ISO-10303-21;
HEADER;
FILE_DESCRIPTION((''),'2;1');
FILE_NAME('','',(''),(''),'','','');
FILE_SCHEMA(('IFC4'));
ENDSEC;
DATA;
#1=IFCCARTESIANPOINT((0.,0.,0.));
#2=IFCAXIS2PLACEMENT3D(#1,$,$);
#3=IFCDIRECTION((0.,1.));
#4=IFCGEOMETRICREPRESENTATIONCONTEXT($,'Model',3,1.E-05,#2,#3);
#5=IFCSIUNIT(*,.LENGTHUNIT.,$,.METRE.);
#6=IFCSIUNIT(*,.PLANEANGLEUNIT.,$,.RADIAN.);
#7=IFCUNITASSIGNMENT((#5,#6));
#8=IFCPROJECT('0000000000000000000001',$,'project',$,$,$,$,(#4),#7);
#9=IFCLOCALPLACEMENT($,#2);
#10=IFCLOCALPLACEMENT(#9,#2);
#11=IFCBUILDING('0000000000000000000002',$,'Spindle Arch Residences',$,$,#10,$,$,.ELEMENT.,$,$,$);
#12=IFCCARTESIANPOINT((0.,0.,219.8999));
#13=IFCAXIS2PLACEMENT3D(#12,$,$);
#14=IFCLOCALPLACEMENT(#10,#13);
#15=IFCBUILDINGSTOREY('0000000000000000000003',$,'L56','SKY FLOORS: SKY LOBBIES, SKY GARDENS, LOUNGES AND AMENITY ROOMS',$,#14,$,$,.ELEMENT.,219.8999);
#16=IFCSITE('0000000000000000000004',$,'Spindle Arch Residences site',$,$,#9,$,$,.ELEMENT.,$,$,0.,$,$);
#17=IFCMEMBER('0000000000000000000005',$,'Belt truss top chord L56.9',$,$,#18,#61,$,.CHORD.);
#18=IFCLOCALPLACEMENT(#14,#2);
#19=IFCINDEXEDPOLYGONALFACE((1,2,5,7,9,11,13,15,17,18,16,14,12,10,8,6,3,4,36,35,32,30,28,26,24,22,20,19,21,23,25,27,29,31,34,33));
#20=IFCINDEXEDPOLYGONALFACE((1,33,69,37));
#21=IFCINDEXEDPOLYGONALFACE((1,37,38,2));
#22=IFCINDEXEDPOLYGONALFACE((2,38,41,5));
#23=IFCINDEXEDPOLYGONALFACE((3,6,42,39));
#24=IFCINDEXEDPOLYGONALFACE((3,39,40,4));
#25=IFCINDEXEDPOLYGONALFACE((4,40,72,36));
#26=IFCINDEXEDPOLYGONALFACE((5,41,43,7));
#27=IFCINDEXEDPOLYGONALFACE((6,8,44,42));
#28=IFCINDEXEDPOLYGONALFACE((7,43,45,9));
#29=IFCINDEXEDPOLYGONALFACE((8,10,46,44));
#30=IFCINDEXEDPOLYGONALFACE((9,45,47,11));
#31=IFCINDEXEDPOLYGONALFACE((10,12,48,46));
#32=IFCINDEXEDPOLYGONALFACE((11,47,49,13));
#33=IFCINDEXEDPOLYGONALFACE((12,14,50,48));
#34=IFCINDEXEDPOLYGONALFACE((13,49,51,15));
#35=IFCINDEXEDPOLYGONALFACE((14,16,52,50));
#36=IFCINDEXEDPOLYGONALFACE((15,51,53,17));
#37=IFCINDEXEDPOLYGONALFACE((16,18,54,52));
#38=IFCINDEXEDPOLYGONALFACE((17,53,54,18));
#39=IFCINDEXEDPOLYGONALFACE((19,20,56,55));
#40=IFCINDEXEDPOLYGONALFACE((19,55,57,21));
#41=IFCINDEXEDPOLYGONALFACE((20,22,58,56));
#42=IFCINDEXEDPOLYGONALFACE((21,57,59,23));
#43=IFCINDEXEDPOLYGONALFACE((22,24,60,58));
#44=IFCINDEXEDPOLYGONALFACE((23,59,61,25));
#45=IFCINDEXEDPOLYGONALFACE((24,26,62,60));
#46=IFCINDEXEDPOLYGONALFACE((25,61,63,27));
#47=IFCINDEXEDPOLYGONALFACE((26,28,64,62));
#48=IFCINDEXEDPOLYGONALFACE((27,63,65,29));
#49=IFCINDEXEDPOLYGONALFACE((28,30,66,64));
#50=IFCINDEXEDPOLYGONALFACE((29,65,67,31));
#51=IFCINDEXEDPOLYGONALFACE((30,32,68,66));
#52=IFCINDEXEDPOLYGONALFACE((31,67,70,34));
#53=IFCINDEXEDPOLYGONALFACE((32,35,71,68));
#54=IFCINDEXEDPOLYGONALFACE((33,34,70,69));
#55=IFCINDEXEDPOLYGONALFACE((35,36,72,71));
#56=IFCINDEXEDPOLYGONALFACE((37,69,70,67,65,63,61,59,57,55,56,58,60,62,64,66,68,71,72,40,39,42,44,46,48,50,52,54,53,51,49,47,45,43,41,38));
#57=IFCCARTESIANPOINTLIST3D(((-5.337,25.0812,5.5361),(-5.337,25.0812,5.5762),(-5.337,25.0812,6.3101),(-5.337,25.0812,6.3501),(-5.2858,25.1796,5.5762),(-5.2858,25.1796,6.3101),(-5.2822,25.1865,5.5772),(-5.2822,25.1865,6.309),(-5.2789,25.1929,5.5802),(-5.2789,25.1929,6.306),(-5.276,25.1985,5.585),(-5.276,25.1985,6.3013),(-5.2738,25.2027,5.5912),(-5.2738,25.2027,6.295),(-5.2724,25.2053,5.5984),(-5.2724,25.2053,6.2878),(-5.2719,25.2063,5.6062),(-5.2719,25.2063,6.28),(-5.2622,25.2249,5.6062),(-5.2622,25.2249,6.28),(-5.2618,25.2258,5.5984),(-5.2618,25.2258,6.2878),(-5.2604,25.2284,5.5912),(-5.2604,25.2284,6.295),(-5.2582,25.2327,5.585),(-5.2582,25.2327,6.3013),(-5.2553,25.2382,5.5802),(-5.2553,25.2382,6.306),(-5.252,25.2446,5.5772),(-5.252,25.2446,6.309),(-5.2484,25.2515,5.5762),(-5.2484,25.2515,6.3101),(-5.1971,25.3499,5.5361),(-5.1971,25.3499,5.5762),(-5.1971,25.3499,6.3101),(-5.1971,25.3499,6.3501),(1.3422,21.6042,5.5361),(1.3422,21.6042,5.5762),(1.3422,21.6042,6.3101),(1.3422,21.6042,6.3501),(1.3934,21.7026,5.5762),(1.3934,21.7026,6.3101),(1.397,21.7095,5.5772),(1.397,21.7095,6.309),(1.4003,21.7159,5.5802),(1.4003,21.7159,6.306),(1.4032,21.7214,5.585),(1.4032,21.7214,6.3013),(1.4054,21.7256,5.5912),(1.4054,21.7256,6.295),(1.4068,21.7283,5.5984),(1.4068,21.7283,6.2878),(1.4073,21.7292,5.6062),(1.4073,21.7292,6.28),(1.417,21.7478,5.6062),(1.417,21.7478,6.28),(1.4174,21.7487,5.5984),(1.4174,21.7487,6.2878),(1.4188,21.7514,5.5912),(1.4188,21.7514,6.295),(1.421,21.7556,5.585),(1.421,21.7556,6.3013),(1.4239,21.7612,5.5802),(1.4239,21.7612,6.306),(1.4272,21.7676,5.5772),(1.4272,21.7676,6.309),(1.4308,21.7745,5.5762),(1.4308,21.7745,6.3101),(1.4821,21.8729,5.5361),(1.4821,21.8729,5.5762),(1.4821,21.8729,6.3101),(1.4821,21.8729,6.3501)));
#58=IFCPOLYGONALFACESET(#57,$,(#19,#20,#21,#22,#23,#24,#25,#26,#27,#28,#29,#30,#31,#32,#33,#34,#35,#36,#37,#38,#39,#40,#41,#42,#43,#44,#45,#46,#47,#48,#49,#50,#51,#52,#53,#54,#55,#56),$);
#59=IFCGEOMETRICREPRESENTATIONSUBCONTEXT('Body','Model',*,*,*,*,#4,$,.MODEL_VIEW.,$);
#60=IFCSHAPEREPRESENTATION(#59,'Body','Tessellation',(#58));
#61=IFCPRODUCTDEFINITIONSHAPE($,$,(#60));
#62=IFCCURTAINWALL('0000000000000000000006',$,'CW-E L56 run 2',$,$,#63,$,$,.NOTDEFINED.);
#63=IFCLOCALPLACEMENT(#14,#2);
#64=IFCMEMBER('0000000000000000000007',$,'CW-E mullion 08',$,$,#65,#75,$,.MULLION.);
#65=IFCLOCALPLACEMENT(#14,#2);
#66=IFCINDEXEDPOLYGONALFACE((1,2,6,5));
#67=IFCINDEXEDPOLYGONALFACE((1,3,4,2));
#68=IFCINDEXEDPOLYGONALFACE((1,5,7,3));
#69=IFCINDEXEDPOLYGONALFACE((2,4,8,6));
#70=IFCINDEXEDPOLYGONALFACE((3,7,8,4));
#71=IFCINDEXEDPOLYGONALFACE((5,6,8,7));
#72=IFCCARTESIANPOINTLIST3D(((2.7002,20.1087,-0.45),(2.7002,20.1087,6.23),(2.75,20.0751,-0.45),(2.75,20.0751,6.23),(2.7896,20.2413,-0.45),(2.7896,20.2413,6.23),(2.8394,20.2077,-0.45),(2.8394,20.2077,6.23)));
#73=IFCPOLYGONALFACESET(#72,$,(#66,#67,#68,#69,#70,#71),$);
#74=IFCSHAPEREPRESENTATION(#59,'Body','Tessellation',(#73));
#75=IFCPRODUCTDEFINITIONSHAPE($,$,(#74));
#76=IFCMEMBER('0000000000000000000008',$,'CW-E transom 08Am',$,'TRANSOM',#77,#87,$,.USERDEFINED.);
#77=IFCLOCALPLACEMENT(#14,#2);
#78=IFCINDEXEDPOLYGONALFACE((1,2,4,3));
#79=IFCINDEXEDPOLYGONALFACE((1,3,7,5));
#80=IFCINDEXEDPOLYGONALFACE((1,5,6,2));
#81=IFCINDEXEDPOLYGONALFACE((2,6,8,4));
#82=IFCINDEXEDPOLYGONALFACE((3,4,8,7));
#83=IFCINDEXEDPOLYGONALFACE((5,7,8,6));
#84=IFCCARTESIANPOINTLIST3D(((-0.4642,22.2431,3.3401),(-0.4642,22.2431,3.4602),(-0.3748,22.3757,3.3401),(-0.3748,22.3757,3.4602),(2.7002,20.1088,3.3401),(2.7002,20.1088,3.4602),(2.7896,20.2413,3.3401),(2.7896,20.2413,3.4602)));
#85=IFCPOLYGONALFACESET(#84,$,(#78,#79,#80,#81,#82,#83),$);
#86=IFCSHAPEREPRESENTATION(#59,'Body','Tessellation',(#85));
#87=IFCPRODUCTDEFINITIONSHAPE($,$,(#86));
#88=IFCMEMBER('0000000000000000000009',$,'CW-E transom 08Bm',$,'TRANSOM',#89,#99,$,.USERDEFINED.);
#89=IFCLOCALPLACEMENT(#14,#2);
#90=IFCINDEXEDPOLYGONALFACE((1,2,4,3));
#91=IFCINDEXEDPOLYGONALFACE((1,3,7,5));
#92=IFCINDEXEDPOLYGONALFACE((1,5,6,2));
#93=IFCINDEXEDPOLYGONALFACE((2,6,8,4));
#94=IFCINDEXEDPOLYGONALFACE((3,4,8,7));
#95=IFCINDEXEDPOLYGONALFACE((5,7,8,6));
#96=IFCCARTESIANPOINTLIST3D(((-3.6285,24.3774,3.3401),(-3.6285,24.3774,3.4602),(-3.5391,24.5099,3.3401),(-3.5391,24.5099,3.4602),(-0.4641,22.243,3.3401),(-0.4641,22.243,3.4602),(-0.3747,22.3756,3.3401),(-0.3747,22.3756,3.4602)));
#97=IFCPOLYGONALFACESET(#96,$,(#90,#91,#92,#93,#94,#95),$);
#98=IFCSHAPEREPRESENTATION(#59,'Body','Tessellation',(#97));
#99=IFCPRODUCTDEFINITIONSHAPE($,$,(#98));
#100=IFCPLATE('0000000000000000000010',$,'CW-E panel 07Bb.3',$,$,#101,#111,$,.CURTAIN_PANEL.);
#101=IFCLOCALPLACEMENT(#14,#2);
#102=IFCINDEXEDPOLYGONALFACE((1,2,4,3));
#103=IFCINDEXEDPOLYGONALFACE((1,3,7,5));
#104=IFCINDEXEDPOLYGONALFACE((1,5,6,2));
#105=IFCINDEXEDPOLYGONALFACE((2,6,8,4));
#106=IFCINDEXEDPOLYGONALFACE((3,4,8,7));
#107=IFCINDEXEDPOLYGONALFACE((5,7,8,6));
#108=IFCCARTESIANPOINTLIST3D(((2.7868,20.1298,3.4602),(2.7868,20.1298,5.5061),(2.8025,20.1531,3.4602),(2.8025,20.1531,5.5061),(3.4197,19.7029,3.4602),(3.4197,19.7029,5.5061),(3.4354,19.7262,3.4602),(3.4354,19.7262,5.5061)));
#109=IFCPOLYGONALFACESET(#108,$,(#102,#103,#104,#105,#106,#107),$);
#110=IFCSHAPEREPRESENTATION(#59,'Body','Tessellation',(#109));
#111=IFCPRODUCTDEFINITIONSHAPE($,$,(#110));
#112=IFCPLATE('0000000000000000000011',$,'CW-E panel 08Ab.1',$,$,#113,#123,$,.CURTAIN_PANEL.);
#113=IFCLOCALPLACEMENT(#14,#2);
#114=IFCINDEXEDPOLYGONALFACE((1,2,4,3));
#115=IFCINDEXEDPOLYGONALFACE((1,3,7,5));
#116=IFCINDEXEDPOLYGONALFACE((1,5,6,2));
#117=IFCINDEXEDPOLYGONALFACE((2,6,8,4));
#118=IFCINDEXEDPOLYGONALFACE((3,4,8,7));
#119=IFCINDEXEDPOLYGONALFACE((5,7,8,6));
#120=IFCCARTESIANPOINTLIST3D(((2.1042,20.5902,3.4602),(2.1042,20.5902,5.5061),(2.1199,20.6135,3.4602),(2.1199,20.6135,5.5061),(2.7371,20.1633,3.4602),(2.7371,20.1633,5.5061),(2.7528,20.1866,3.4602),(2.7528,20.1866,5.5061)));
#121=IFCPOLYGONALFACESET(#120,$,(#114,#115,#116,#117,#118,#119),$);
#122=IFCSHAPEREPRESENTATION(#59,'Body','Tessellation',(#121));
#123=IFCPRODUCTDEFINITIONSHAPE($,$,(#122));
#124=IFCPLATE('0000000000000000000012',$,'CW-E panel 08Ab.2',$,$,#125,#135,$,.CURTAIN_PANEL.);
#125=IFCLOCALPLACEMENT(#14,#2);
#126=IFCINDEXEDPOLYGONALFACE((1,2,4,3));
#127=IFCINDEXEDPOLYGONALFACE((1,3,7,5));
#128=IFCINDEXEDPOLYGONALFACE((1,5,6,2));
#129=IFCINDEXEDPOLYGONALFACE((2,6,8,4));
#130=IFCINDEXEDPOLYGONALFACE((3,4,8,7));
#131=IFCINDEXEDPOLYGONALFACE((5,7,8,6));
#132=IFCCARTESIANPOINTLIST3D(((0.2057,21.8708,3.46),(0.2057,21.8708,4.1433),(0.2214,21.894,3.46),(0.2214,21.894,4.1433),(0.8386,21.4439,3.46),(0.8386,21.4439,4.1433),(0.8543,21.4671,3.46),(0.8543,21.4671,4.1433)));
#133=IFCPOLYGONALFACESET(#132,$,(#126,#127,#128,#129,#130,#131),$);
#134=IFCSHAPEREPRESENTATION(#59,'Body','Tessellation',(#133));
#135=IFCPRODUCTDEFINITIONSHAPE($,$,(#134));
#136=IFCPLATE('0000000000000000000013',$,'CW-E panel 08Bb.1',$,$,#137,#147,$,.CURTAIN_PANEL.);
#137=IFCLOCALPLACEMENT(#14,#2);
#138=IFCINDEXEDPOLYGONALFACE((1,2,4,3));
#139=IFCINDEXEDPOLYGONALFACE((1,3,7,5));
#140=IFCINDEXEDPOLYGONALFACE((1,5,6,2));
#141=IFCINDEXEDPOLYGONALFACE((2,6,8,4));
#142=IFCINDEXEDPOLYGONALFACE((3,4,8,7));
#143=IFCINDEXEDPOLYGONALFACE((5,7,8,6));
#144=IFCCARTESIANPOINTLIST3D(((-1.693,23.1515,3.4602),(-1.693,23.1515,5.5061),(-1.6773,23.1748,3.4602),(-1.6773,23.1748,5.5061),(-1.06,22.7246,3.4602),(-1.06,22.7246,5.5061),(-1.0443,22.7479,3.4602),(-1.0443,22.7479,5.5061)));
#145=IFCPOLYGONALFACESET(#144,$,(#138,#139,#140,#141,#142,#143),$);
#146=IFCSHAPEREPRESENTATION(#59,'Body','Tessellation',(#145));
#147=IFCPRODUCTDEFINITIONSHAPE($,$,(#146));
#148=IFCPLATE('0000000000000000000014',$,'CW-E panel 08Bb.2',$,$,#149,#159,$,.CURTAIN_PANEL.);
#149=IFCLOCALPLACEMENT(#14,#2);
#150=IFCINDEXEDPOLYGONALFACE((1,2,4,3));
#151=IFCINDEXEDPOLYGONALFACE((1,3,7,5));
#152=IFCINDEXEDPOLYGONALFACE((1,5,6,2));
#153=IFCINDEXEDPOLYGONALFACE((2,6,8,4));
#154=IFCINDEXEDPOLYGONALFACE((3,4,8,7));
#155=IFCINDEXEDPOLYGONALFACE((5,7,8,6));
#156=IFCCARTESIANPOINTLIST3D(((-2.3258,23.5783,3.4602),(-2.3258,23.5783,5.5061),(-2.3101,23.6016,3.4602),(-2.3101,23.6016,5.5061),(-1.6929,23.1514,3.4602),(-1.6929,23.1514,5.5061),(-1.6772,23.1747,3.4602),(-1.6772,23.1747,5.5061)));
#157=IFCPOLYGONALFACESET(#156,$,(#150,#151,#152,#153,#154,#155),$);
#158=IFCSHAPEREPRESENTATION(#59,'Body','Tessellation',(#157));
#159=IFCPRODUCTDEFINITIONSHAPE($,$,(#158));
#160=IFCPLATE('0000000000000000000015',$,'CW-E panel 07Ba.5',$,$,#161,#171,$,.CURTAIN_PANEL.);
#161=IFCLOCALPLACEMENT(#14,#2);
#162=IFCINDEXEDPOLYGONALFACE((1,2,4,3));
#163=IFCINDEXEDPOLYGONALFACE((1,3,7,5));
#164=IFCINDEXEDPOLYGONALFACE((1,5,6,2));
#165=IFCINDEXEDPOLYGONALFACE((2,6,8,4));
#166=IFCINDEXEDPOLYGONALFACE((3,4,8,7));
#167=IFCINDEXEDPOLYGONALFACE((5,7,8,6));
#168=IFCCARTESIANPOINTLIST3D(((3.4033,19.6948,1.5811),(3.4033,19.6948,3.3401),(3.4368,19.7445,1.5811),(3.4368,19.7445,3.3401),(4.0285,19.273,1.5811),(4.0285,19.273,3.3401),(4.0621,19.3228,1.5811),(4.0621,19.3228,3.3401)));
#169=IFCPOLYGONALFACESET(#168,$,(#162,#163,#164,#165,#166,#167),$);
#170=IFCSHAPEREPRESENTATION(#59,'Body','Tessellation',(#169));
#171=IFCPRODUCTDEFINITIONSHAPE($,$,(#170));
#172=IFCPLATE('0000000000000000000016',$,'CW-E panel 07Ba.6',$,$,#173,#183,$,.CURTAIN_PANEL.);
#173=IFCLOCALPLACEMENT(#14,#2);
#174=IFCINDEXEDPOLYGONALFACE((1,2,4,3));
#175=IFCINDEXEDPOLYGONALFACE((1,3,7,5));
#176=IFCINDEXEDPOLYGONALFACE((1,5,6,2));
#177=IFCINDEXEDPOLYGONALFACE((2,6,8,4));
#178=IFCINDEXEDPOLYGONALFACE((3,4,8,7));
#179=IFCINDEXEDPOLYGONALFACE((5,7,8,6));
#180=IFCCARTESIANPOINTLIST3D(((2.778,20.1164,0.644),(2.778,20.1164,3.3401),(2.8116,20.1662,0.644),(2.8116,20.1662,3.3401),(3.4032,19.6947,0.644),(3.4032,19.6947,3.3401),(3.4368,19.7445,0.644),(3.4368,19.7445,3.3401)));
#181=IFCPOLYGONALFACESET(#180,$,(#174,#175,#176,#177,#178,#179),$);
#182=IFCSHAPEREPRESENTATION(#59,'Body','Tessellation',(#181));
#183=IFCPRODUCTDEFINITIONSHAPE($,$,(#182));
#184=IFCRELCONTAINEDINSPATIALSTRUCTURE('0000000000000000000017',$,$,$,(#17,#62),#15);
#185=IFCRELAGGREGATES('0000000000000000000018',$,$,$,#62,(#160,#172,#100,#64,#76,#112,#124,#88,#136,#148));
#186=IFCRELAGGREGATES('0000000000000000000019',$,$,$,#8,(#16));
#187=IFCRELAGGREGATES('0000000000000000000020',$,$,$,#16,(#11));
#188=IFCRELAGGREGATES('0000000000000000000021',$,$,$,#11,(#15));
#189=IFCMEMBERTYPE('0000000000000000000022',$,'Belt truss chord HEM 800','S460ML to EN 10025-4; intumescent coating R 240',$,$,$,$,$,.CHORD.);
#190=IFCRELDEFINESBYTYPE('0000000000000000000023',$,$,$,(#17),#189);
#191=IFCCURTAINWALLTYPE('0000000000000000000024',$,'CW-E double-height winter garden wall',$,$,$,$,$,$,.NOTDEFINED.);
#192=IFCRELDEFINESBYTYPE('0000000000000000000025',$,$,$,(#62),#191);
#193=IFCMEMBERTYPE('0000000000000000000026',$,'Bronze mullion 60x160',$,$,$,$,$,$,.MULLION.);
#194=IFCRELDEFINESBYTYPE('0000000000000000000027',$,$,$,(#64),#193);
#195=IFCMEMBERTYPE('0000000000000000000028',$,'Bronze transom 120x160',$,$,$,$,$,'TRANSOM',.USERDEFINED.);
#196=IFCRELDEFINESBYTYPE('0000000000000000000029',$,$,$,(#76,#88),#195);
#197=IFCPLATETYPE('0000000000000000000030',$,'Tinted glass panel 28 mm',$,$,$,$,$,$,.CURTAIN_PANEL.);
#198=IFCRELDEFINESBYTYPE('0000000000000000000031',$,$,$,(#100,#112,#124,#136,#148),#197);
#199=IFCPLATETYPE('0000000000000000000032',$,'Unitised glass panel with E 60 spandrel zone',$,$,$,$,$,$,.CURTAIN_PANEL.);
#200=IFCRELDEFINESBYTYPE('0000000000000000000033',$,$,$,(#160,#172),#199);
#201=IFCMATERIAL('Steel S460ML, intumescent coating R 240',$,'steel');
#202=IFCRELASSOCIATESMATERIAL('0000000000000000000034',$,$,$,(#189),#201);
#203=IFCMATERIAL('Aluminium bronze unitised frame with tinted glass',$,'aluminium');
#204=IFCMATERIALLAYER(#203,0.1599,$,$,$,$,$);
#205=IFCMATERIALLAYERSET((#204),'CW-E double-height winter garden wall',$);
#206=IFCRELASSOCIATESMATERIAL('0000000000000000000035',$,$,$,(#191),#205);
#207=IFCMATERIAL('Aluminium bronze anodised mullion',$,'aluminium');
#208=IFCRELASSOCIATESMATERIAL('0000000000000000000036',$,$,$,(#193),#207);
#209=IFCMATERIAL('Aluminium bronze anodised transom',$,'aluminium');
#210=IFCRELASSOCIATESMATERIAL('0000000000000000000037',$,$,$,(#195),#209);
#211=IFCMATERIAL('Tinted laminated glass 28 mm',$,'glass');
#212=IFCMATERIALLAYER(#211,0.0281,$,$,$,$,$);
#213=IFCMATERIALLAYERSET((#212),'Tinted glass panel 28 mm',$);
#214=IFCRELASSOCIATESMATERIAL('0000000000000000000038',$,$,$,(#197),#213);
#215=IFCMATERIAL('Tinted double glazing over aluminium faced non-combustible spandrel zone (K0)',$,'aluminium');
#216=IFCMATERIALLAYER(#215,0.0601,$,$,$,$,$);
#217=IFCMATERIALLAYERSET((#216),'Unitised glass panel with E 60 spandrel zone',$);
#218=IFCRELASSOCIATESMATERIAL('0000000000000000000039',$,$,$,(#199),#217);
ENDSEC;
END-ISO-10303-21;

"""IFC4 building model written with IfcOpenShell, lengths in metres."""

from ifc_helpers import new_model, si_unit, direction, frame, origin, origin_2d, place, context, subcontext, project, spatial, rectangle, i_section, extrude, material, layer, layer_set, material_profile, profile_set, type_object, element, aggregate, save


model = new_model("IFC4")

# Units and contexts
model_context = context("Model", 3, precision=1e-05, world=origin(), true_north=direction((0.0, 1.0)))
body_context = subcontext(model_context, "Body", "Model", "MODEL_VIEW")
ifc_project = project(units=[si_unit("LENGTHUNIT", "METRE"), si_unit("PLANEANGLEUNIT", "RADIAN")], contexts=[model_context])

# Site, building, storey
site_placement = place(None, origin())
site = spatial("IfcSite", under=ifc_project, at=site_placement, Name="Spindle Arch Residences site", CompositionType="ELEMENT", RefElevation=0.0)
building_placement = place(site_placement, origin())
building = spatial("IfcBuilding", under=site, at=building_placement, Name="Spindle Arch Residences", CompositionType="ELEMENT")
storey_placement = place(building_placement, frame((0.0, 0.0, 219.8999)))
storey = spatial("IfcBuildingStorey", under=building, at=storey_placement, Name="L56", Description="SKY FLOORS: SKY LOBBIES, SKY GARDENS, LOUNGES AND AMENITY ROOMS", CompositionType="ELEMENT", Elevation=219.8999)

# Member
ifc_material_1 = material(Name="Steel S460ML, intumescent coating R 240", Category="steel")
ifc_material_profile_1 = material_profile(ifc_material_1, i_section(OverallWidth=0.303, OverallDepth=0.814, WebThickness=0.021, FlangeThickness=0.04, FilletRadius=0.03, at=origin_2d()), Name="HEM 800")
ifc_profile_set_1 = profile_set([ifc_material_profile_1], Name="Steel S460ML, intumescent coating R 240")
member_type_1 = type_object("IfcMemberType", Name="Belt truss chord HEM 800", Description="S460ML to EN 10025-4; intumescent coating R 240", PredefinedType="CHORD", material=ifc_profile_set_1)
member_1_placement = place(storey_placement, frame((1.4121, 21.7385, 5.9431), z_axis=(-0.887006, 0.461757, 0.0), x_axis=(-0.461757, -0.887006, 0.0)))
element("IfcMember", 1, at=member_1_placement, inside=storey, type_object=member_type_1, Name="Belt truss top chord L56.9", PredefinedType="CHORD", context=body_context, shape_type="SweptSolid", body=[
    extrude(i_section(OverallWidth=0.303, OverallDepth=0.814, WebThickness=0.021, FlangeThickness=0.04, FilletRadius=0.03, at=origin_2d()), origin(), (0.0, 0.0, 1.0), 7.53),
])

# Curtain wall, members, plates
ifc_material_2 = material(Name="Aluminium bronze unitised frame with tinted glass", Category="aluminium")
ifc_layer_1 = layer(ifc_material_2, 0.1599)
ifc_layer_set_1 = layer_set([ifc_layer_1], Name="CW-E double-height winter garden wall")
curtain_wall_type = type_object("IfcCurtainWallType", Name="CW-E double-height winter garden wall", PredefinedType="NOTDEFINED", material=ifc_layer_set_1)
curtain_wall_placement = place(storey_placement, origin())
curtain_wall = element("IfcCurtainWall", 2, at=curtain_wall_placement, inside=storey, type_object=curtain_wall_type, Name="CW-E L56 run 2", PredefinedType="NOTDEFINED")
ifc_material_3 = material(Name="Aluminium bronze anodised mullion", Category="aluminium")
ifc_material_profile_2 = material_profile(ifc_material_3, rectangle(XDim=0.1599, YDim=0.0601, at=origin_2d()), Name="MU 60x160")
ifc_profile_set_2 = profile_set([ifc_material_profile_2], Name="Aluminium bronze anodised mullion")
member_type_2 = type_object("IfcMemberType", Name="Bronze mullion 60x160", PredefinedType="MULLION", material=ifc_profile_set_2)
member_2_placement = place(storey_placement, frame((2.7698, 20.1582, -0.45), z_axis=(0.0, 0.0, 1.0), x_axis=(-0.559193, -0.829038, 0.0)))
member_2 = element("IfcMember", 3, at=member_2_placement, type_object=member_type_2, Name="CW-E mullion 08", PredefinedType="MULLION", context=body_context, shape_type="SweptSolid", body=[
    extrude(rectangle(XDim=0.1599, YDim=0.0601, at=origin_2d()), origin(), (0.0, 0.0, 1.0), 6.6799),
])
ifc_material_4 = material(Name="Aluminium bronze anodised transom", Category="aluminium")
ifc_material_profile_3 = material_profile(ifc_material_4, rectangle(XDim=0.1599, YDim=0.1201, at=origin_2d()), Name="TR 120x160")
ifc_profile_set_3 = profile_set([ifc_material_profile_3], Name="Aluminium bronze anodised transom")
member_type_3 = type_object("IfcMemberType", Name="Bronze transom 120x160", ElementType="TRANSOM", PredefinedType="USERDEFINED", material=ifc_profile_set_3)
member_3_placement = place(storey_placement, frame((2.7449, 20.175, 3.4001), z_axis=(-0.829047, 0.559179, 0.0), x_axis=(-0.559179, -0.829047, 0.0)))
member_3 = element("IfcMember", 4, at=member_3_placement, type_object=member_type_3, Name="CW-E transom 08Am", ObjectType="TRANSOM", PredefinedType="USERDEFINED", context=body_context, shape_type="SweptSolid", body=[
    extrude(rectangle(XDim=0.1599, YDim=0.1201, at=origin_2d()), origin(), (0.0, 0.0, 1.0), 3.8169),
])
member_4_placement = place(storey_placement, frame((-0.4194, 22.3093, 3.4001), z_axis=(-0.829047, 0.559179, 0.0), x_axis=(-0.559179, -0.829047, 0.0)))
member_4 = element("IfcMember", 5, at=member_4_placement, type_object=member_type_3, Name="CW-E transom 08Bm", ObjectType="TRANSOM", PredefinedType="USERDEFINED", context=body_context, shape_type="SweptSolid", body=[
    extrude(rectangle(XDim=0.1599, YDim=0.1201, at=origin_2d()), origin(), (0.0, 0.0, 1.0), 3.8169),
])
ifc_material_5 = material(Name="Tinted laminated glass 28 mm", Category="glass")
ifc_layer_2 = layer(ifc_material_5, 0.0281)
ifc_layer_set_2 = layer_set([ifc_layer_2], Name="Tinted glass panel 28 mm")
plate_type_1 = type_object("IfcPlateType", Name="Tinted glass panel 28 mm", PredefinedType="CURTAIN_PANEL", material=ifc_layer_set_2)
plate_1_placement = place(storey_placement, frame((3.1111, 19.928, 3.4602), z_axis=(0.0, 0.0, 1.0), x_axis=(-0.829038, 0.559193, 0.0)))
plate_1 = element("IfcPlate", 6, at=plate_1_placement, type_object=plate_type_1, Name="CW-E panel 07Bb.3", PredefinedType="CURTAIN_PANEL", context=body_context, shape_type="SweptSolid", body=[
    extrude(rectangle(XDim=0.7634, YDim=0.0281, at=origin_2d()), origin(), (0.0, 0.0, 1.0), 2.0459),
])
plate_2_placement = place(storey_placement, frame((2.4285, 20.3884, 3.4602), z_axis=(0.0, 0.0, 1.0), x_axis=(-0.829038, 0.559193, 0.0)))
plate_2 = element("IfcPlate", 7, at=plate_2_placement, type_object=plate_type_1, Name="CW-E panel 08Ab.1", PredefinedType="CURTAIN_PANEL", context=body_context, shape_type="SweptSolid", body=[
    extrude(rectangle(XDim=0.7634, YDim=0.0281, at=origin_2d()), origin(), (0.0, 0.0, 1.0), 2.0459),
])
plate_3_placement = place(storey_placement, frame((0.53, 21.6689, 3.46), z_axis=(0.0, 0.0, 1.0), x_axis=(-0.829038, 0.559193, 0.0)))
plate_3 = element("IfcPlate", 8, at=plate_3_placement, type_object=plate_type_1, Name="CW-E panel 08Ab.2", PredefinedType="CURTAIN_PANEL", context=body_context, shape_type="SweptSolid", body=[
    extrude(rectangle(XDim=0.7634, YDim=0.0281, at=origin_2d()), origin(), (0.0, 0.0, 1.0), 0.6833),
])
plate_4_placement = place(storey_placement, frame((-1.3687, 22.9497, 3.4602), z_axis=(0.0, 0.0, 1.0), x_axis=(-0.829038, 0.559193, 0.0)))
plate_4 = element("IfcPlate", 9, at=plate_4_placement, type_object=plate_type_1, Name="CW-E panel 08Bb.1", PredefinedType="CURTAIN_PANEL", context=body_context, shape_type="SweptSolid", body=[
    extrude(rectangle(XDim=0.7634, YDim=0.0281, at=origin_2d()), origin(), (0.0, 0.0, 1.0), 2.0459),
])
plate_5_placement = place(storey_placement, frame((-2.0015, 23.3765, 3.4602), z_axis=(0.0, 0.0, 1.0), x_axis=(-0.829038, 0.559193, 0.0)))
plate_5 = element("IfcPlate", 10, at=plate_5_placement, type_object=plate_type_1, Name="CW-E panel 08Bb.2", PredefinedType="CURTAIN_PANEL", context=body_context, shape_type="SweptSolid", body=[
    extrude(rectangle(XDim=0.7634, YDim=0.0281, at=origin_2d()), origin(), (0.0, 0.0, 1.0), 2.0459),
])
ifc_material_6 = material(Name="Tinted double glazing over aluminium faced non-combustible spandrel zone (K0)", Category="aluminium")
ifc_layer_3 = layer(ifc_material_6, 0.0601)
ifc_layer_set_3 = layer_set([ifc_layer_3], Name="Unitised glass panel with E 60 spandrel zone")
plate_type_2 = type_object("IfcPlateType", Name="Unitised glass panel with E 60 spandrel zone", PredefinedType="CURTAIN_PANEL", material=ifc_layer_set_3)
plate_6_placement = place(storey_placement, frame((3.7327, 19.5088, 1.5811), z_axis=(0.0, 0.0, 1.0), x_axis=(-0.829038, 0.559193, 0.0)))
plate_6 = element("IfcPlate", 11, at=plate_6_placement, type_object=plate_type_2, Name="CW-E panel 07Ba.5", PredefinedType="CURTAIN_PANEL", context=body_context, shape_type="SweptSolid", body=[
    extrude(rectangle(XDim=0.7542, YDim=0.0601, at=origin_2d()), origin(), (0.0, 0.0, 1.0), 1.759),
])
plate_7_placement = place(storey_placement, frame((3.1074, 19.9304, 0.644), z_axis=(0.0, 0.0, 1.0), x_axis=(-0.829038, 0.559193, 0.0)))
plate_7 = element("IfcPlate", 12, at=plate_7_placement, type_object=plate_type_2, Name="CW-E panel 07Ba.6", PredefinedType="CURTAIN_PANEL", context=body_context, shape_type="SweptSolid", body=[
    extrude(rectangle(XDim=0.7542, YDim=0.0601, at=origin_2d()), origin(), (0.0, 0.0, 1.0), 2.696),
])
aggregate(curtain_wall, [plate_6, plate_7, plate_1, member_2, member_3, plate_2, plate_3, member_4, plate_4, plate_5])

save(model, "model.ifc")
